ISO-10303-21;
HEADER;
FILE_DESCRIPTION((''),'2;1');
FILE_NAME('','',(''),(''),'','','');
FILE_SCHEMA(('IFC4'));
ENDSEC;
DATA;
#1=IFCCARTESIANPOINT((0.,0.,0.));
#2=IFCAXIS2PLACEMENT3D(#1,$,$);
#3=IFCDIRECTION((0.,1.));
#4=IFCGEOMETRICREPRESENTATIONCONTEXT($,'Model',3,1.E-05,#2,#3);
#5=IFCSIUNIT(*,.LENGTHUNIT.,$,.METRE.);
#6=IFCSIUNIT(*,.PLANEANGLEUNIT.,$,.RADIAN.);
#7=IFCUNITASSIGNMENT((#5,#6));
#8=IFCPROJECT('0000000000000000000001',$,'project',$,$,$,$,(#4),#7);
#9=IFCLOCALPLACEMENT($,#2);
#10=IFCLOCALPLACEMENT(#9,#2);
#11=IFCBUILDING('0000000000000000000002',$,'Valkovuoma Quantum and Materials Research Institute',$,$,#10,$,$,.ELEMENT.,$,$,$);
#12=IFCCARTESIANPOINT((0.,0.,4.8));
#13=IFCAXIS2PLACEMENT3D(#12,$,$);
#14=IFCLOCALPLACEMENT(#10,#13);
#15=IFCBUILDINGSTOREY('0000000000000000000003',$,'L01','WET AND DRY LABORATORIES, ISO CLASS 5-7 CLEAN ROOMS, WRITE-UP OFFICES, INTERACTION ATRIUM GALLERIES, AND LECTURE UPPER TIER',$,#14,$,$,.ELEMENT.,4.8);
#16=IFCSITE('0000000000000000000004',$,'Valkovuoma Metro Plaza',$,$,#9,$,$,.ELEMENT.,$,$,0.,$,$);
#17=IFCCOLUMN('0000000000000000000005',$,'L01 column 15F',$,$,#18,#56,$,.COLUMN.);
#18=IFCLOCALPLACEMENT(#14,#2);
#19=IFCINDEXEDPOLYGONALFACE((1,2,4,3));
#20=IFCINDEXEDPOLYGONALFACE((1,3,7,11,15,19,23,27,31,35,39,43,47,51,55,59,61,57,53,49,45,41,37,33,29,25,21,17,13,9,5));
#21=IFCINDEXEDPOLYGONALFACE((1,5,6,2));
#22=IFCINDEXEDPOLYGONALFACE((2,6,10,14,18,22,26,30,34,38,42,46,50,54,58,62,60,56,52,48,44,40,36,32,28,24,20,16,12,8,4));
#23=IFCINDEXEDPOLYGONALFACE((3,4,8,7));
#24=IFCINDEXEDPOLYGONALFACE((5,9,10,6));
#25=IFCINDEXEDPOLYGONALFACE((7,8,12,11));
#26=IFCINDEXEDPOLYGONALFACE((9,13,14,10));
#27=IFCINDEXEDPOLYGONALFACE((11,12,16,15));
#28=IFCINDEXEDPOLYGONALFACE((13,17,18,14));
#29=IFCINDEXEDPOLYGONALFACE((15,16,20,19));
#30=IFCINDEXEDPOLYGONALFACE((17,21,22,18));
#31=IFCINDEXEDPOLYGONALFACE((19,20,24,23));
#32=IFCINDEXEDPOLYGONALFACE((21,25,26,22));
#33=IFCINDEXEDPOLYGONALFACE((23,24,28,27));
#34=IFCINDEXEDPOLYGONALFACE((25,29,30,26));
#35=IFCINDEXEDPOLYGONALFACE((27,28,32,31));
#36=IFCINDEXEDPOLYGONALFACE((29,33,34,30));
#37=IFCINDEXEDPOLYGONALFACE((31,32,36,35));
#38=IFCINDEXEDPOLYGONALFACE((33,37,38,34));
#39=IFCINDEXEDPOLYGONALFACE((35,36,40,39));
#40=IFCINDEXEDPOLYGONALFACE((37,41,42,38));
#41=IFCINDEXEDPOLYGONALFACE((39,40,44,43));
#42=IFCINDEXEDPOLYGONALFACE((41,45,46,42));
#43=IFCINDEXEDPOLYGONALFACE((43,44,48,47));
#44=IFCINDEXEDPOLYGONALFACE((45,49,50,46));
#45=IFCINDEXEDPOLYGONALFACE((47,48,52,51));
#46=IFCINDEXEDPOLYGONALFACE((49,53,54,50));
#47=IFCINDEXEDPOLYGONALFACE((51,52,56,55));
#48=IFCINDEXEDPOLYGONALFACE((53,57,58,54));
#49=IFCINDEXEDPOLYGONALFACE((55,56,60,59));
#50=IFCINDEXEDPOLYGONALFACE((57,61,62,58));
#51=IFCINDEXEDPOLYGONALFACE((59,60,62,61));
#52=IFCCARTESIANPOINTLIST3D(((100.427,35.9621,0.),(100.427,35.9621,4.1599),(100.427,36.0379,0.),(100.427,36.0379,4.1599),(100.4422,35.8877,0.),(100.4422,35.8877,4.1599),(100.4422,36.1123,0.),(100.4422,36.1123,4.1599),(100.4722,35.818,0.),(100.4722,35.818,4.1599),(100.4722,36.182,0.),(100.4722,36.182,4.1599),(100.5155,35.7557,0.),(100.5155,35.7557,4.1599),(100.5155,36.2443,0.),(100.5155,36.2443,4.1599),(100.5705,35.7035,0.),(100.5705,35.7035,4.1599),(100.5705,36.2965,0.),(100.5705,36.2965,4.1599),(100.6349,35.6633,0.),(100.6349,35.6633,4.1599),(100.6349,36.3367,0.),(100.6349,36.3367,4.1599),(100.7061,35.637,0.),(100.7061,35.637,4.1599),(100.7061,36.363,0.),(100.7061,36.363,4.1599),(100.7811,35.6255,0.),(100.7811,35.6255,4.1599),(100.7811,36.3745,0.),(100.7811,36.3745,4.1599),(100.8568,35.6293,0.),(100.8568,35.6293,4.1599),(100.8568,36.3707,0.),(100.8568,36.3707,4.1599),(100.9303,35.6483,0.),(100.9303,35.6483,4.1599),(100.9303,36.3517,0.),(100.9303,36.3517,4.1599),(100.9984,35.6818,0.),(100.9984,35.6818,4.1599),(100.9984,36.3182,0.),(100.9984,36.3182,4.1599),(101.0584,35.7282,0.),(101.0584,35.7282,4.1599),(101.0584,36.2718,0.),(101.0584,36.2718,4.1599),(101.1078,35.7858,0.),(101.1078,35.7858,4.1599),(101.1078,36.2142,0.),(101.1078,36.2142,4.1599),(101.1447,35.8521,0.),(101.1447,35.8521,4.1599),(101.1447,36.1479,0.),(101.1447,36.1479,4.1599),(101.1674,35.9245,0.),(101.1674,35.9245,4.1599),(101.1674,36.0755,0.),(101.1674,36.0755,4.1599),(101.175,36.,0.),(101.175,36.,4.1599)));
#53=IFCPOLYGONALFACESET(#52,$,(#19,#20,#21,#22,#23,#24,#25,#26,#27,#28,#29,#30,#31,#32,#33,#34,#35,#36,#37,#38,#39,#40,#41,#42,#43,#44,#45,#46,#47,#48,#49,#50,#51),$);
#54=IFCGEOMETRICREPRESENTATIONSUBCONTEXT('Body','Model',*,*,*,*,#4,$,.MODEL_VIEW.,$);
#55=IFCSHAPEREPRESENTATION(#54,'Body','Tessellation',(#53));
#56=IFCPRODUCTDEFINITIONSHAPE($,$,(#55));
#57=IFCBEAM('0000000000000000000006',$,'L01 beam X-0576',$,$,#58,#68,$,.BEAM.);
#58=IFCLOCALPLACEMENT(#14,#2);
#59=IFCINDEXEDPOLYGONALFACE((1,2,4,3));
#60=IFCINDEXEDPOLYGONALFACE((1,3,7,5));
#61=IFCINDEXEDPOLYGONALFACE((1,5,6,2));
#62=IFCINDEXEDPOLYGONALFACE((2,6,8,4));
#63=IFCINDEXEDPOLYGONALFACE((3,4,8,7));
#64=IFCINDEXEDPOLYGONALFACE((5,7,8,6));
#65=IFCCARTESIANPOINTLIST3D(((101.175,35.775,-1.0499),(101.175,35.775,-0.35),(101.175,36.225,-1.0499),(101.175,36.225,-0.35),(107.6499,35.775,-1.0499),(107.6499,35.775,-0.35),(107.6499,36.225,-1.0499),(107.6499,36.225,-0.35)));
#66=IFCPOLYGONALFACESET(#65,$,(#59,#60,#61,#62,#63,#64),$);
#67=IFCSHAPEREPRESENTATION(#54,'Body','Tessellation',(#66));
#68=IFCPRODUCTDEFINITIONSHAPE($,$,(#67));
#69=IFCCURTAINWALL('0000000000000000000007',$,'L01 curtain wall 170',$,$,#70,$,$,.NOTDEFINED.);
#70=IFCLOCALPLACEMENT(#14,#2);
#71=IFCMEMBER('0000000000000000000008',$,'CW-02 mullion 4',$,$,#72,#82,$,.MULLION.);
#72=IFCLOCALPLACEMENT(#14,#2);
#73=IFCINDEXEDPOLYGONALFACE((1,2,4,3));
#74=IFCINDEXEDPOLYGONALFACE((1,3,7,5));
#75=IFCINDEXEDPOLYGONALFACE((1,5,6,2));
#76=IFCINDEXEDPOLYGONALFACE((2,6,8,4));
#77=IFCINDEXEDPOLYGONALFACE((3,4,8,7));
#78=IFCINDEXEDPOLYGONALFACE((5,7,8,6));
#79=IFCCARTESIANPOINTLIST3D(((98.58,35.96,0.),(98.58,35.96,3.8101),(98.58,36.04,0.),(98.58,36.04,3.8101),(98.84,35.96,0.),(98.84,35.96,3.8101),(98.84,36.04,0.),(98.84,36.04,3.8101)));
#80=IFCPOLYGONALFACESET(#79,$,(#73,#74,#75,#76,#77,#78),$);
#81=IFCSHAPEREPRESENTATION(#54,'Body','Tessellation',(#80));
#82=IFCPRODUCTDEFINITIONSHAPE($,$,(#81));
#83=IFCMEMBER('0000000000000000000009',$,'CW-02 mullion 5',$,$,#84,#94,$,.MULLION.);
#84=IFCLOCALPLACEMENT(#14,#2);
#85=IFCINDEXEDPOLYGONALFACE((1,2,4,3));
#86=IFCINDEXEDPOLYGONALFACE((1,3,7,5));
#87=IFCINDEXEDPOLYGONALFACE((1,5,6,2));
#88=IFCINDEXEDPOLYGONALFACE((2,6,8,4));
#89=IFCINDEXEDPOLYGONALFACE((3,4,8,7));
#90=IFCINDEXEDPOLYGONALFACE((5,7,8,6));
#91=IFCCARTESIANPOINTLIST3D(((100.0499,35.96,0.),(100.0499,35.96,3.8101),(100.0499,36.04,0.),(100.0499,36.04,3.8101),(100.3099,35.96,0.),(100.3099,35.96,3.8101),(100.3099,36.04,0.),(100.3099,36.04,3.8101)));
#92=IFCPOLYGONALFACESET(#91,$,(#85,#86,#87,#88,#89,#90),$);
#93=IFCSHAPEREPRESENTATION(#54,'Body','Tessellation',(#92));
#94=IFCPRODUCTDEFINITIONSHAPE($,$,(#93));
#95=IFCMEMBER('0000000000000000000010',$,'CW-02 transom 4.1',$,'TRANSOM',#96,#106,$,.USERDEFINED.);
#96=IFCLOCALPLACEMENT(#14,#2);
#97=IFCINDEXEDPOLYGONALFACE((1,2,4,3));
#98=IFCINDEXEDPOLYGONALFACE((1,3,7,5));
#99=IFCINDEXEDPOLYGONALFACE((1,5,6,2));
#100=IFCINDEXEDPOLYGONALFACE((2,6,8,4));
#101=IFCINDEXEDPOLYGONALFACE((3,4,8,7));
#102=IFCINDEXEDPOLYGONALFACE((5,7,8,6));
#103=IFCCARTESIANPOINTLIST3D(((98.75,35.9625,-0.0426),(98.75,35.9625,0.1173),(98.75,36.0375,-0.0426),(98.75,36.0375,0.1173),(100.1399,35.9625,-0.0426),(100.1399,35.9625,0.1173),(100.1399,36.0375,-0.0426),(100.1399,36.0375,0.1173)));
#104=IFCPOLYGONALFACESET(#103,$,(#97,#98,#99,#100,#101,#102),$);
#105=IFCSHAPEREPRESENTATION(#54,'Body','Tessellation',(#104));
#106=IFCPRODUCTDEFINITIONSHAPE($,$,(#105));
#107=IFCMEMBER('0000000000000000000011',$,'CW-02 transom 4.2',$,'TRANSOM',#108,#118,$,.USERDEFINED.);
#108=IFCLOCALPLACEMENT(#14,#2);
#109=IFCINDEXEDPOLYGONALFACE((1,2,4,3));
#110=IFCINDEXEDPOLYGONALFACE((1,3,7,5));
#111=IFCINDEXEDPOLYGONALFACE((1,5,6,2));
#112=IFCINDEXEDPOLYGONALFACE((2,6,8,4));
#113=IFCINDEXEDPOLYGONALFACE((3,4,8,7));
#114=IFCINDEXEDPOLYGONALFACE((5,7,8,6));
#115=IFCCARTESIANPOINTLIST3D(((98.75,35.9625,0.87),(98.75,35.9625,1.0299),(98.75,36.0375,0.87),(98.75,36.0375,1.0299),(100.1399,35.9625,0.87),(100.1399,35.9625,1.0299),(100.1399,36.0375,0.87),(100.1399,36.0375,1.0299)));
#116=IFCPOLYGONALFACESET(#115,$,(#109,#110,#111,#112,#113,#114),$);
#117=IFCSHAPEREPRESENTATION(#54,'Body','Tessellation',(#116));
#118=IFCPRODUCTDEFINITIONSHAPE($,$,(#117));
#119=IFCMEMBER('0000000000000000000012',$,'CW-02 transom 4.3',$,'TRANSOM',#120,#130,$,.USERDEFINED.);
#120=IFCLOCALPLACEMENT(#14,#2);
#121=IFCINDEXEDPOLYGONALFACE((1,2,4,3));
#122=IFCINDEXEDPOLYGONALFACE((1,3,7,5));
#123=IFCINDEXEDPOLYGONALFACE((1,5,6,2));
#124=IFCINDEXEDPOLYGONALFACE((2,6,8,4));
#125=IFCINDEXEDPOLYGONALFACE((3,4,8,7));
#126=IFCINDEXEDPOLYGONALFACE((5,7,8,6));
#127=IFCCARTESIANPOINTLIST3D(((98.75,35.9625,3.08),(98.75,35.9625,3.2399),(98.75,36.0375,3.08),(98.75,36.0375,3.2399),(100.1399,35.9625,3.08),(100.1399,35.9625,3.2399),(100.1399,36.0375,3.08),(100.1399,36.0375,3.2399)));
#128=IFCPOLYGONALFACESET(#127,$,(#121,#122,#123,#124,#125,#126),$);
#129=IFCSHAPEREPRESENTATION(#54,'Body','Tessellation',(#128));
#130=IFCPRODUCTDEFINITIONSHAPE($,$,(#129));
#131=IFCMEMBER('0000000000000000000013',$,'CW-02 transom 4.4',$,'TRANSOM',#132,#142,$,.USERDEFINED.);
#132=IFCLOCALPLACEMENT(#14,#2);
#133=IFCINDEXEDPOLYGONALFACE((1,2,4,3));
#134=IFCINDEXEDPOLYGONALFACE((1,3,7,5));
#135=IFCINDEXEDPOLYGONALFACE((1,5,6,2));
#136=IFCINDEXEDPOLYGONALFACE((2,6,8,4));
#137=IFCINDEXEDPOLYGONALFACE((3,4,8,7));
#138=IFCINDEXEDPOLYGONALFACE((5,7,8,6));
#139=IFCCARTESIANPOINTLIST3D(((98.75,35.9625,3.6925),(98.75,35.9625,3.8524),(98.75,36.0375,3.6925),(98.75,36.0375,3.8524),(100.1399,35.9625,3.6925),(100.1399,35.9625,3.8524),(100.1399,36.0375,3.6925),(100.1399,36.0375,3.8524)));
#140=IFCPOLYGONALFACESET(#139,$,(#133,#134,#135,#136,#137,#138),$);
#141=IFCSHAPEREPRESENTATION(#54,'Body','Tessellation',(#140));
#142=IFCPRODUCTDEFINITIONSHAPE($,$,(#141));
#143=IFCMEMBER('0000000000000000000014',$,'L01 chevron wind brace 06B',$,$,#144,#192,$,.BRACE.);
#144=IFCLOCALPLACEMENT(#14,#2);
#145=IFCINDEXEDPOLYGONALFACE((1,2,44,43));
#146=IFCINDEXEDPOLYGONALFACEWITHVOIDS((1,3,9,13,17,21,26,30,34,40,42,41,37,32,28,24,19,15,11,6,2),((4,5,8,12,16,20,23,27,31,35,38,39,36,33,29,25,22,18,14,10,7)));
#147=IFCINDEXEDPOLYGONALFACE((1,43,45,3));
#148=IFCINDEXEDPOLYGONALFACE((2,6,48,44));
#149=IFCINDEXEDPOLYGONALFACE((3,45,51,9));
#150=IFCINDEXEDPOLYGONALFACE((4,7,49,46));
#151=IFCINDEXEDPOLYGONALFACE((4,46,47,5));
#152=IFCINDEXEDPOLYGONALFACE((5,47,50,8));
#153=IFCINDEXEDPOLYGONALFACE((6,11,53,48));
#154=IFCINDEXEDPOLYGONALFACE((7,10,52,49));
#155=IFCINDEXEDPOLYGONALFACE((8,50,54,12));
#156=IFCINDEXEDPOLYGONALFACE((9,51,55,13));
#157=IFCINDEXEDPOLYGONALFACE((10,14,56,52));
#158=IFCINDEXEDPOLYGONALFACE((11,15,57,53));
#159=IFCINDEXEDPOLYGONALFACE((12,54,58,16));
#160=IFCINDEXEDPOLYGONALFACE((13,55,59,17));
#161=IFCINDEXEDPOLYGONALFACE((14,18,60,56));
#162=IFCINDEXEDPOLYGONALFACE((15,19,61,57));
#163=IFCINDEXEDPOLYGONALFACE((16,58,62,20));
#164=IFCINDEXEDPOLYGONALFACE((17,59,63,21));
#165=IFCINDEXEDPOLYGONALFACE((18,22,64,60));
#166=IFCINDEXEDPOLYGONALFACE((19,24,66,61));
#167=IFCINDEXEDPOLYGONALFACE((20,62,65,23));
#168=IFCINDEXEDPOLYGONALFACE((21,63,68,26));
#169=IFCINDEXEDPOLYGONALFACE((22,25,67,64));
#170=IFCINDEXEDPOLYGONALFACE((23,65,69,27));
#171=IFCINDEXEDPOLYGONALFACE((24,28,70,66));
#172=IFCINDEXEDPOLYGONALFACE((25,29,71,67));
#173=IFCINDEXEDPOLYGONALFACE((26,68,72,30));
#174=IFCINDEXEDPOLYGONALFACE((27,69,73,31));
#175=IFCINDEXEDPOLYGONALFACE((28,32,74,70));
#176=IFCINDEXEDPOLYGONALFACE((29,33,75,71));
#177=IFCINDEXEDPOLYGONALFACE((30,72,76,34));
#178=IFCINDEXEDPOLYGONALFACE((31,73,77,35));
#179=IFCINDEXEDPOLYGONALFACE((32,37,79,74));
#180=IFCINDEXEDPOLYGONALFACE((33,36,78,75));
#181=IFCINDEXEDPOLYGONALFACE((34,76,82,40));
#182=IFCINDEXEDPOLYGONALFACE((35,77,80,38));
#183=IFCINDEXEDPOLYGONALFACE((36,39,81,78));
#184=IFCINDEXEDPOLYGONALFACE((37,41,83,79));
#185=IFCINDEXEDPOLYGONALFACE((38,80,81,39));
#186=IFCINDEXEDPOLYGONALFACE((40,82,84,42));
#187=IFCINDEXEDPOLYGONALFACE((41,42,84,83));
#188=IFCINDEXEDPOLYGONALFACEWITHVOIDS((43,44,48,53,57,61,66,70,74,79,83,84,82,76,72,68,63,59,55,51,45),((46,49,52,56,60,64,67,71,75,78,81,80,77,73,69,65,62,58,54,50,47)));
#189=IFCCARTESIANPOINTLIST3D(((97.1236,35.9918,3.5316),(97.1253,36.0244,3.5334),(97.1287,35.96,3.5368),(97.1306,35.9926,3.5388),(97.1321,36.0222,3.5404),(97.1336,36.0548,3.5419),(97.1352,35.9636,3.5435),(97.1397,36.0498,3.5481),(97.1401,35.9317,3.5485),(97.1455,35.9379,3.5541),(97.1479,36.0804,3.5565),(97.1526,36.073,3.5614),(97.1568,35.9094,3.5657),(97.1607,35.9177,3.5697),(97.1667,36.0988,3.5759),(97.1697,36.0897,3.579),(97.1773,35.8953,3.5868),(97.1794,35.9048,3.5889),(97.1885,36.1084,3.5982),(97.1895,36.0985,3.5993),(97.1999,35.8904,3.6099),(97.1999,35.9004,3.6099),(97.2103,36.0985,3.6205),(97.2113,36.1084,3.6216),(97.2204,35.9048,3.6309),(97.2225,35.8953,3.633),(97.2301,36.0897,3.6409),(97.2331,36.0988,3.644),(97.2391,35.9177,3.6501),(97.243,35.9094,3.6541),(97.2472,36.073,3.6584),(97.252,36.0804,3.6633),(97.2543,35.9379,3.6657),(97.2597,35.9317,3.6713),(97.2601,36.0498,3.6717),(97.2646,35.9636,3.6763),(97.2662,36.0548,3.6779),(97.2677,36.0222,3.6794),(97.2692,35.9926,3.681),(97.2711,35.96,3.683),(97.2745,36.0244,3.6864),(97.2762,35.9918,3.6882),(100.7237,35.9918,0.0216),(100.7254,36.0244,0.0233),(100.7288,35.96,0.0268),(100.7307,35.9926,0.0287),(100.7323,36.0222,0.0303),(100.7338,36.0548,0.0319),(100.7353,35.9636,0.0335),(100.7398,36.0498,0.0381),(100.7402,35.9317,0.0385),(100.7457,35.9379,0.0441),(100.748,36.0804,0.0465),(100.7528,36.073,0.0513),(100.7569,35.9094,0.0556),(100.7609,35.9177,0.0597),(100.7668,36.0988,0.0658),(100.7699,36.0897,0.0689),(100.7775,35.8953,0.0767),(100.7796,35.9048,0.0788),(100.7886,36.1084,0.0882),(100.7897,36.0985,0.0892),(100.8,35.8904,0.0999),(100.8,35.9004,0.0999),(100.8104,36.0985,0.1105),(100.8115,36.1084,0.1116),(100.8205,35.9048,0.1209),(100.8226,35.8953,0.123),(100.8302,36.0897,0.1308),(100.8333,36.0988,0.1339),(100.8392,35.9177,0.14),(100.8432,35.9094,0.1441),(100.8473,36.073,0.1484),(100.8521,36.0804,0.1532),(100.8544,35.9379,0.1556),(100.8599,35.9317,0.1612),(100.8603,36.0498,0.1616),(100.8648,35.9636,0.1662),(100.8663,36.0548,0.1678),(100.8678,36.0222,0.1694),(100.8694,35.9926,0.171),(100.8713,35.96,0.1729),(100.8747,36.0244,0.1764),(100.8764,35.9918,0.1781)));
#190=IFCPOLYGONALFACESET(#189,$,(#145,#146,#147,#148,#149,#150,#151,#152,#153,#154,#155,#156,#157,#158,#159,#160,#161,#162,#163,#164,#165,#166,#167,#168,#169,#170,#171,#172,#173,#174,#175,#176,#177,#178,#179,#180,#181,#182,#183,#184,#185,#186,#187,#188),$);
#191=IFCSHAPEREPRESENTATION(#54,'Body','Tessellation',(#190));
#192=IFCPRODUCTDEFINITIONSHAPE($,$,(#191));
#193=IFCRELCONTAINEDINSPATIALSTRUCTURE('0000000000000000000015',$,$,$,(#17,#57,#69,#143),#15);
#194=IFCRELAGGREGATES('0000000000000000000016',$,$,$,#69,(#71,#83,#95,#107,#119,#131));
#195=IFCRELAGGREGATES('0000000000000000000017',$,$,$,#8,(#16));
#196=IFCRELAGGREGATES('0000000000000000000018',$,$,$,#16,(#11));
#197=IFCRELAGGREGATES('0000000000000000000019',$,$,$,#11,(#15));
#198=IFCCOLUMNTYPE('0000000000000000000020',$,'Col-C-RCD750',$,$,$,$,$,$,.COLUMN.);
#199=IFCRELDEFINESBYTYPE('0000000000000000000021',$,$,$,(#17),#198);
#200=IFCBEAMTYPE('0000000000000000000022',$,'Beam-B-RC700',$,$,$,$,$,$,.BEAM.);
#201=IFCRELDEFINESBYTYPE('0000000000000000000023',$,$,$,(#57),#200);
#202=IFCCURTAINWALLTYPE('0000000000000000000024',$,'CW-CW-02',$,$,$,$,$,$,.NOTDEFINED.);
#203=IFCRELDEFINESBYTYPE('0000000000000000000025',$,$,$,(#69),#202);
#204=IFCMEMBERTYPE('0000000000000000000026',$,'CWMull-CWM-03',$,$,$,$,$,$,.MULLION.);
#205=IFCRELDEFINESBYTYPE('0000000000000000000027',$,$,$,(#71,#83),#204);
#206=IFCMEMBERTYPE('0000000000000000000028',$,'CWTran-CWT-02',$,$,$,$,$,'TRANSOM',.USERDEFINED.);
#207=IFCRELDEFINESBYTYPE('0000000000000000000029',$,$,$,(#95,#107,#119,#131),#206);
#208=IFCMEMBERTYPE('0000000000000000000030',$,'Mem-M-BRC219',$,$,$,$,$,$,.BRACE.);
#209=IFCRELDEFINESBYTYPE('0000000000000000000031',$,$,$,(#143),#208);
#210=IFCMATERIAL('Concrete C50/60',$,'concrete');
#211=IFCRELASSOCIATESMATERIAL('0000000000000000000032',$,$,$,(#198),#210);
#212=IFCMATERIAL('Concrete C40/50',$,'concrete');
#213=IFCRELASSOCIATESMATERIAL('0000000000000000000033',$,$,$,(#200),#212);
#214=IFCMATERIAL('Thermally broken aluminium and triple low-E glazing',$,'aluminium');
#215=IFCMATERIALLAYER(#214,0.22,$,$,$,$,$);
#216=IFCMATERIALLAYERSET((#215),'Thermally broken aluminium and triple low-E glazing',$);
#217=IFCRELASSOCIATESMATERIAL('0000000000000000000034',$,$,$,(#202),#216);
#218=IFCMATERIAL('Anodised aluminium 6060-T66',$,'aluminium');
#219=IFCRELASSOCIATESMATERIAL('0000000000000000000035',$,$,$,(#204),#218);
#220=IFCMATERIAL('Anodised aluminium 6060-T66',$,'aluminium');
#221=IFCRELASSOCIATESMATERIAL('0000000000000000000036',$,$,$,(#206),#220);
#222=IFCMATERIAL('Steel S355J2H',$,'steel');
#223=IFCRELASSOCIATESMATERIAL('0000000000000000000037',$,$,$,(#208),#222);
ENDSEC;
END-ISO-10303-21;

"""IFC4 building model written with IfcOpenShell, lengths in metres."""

from ifc_helpers import new_model, si_unit, direction, frame, origin, origin_2d, place, context, subcontext, project, spatial, rectangle, circle, hollow_circle, extrude, material, layer, layer_set, material_profile, profile_set, type_object, element, aggregate, save


model = new_model("IFC4")

# Units and contexts
model_context = context("Model", 3, precision=1e-05, world=origin(), true_north=direction((0.0, 1.0)))
body_context = subcontext(model_context, "Body", "Model", "MODEL_VIEW")
ifc_project = project(units=[si_unit("LENGTHUNIT", "METRE"), si_unit("PLANEANGLEUNIT", "RADIAN")], contexts=[model_context])

# Site, building, storey
site_placement = place(None, origin())
site = spatial("IfcSite", under=ifc_project, at=site_placement, Name="Valkovuoma Metro Plaza", CompositionType="ELEMENT", RefElevation=0.0)
building_placement = place(site_placement, origin())
building = spatial("IfcBuilding", under=site, at=building_placement, Name="Valkovuoma Quantum and Materials Research Institute", CompositionType="ELEMENT")
storey_placement = place(building_placement, frame((0.0, 0.0, 4.8)))
storey = spatial("IfcBuildingStorey", under=building, at=storey_placement, Name="L01", Description="WET AND DRY LABORATORIES, ISO CLASS 5-7 CLEAN ROOMS, WRITE-UP OFFICES, INTERACTION ATRIUM GALLERIES, AND LECTURE UPPER TIER", CompositionType="ELEMENT", Elevation=4.8)

# Column
ifc_material_1 = material(Name="Concrete C50/60", Category="concrete")
ifc_material_profile_1 = material_profile(ifc_material_1, circle(Radius=0.375, at=origin_2d()), Name="Concrete C50/60")
ifc_profile_set_1 = profile_set([ifc_material_profile_1], Name="Concrete C50/60")
column_type = type_object("IfcColumnType", Name="Col-C-RCD750", PredefinedType="COLUMN", material=ifc_profile_set_1)
column_placement = place(storey_placement, frame((100.8, 36.0, 0.0), z_axis=(0.0, 0.0, 1.0), x_axis=(1.0, 0.0, 0.0)))
element("IfcColumn", 1, at=column_placement, inside=storey, type_object=column_type, Name="L01 column 15F", PredefinedType="COLUMN", context=body_context, shape_type="SweptSolid", body=[
    extrude(circle(Radius=0.375, at=origin_2d()), origin(), (0.0, 0.0, 1.0), 4.1599),
])

# Beam
ifc_material_2 = material(Name="Concrete C40/50", Category="concrete")
ifc_material_profile_2 = material_profile(ifc_material_2, rectangle(XDim=0.45, YDim=0.7, at=origin_2d()), Name="Concrete C40/50")
ifc_profile_set_2 = profile_set([ifc_material_profile_2], Name="Concrete C40/50")
beam_type = type_object("IfcBeamType", Name="Beam-B-RC700", PredefinedType="BEAM", material=ifc_profile_set_2)
beam_placement = place(storey_placement, frame((101.175, 36.0, -0.7), z_axis=(1.0, 0.0, 0.0), x_axis=(0.0, 1.0, 0.0)))
element("IfcBeam", 2, at=beam_placement, inside=storey, type_object=beam_type, Name="L01 beam X-0576", PredefinedType="BEAM", context=body_context, shape_type="SweptSolid", body=[
    extrude(rectangle(XDim=0.45, YDim=0.7, at=origin_2d()), origin(), (0.0, 0.0, 1.0), 6.4749),
])

# Curtain wall, members
ifc_material_3 = material(Name="Thermally broken aluminium and triple low-E glazing", Category="aluminium")
ifc_layer_1 = layer(ifc_material_3, 0.22)
ifc_layer_set_1 = layer_set([ifc_layer_1], Name="Thermally broken aluminium and triple low-E glazing")
curtain_wall_type = type_object("IfcCurtainWallType", Name="CW-CW-02", PredefinedType="NOTDEFINED", material=ifc_layer_set_1)
curtain_wall_placement = place(storey_placement, origin())
curtain_wall = element("IfcCurtainWall", 3, at=curtain_wall_placement, inside=storey, type_object=curtain_wall_type, Name="L01 curtain wall 170", PredefinedType="NOTDEFINED")
ifc_material_4 = material(Name="Anodised aluminium 6060-T66", Category="aluminium")
ifc_material_profile_3 = material_profile(ifc_material_4, rectangle(XDim=0.0801, YDim=0.26, at=origin_2d()), Name="Anodised aluminium 6060-T66")
ifc_profile_set_3 = profile_set([ifc_material_profile_3], Name="Anodised aluminium 6060-T66")
member_type_1 = type_object("IfcMemberType", Name="CWMull-CWM-03", PredefinedType="MULLION", material=ifc_profile_set_3)
member_1_placement = place(storey_placement, frame((98.71, 36.0, 0.0), z_axis=(0.0, 0.0, 1.0), x_axis=(0.0, 1.0, 0.0)))
member_1 = element("IfcMember", 4, at=member_1_placement, type_object=member_type_1, Name="CW-02 mullion 4", PredefinedType="MULLION", context=body_context, shape_type="SweptSolid", body=[
    extrude(rectangle(XDim=0.0801, YDim=0.26, at=origin_2d()), origin(), (0.0, 0.0, 1.0), 3.8101),
])
member_2_placement = place(storey_placement, frame((100.1799, 36.0, 0.0), z_axis=(0.0, 0.0, 1.0), x_axis=(0.0, 1.0, 0.0)))
member_2 = element("IfcMember", 5, at=member_2_placement, type_object=member_type_1, Name="CW-02 mullion 5", PredefinedType="MULLION", context=body_context, shape_type="SweptSolid", body=[
    extrude(rectangle(XDim=0.0801, YDim=0.26, at=origin_2d()), origin(), (0.0, 0.0, 1.0), 3.8101),
])
ifc_material_5 = material(Name="Anodised aluminium 6060-T66", Category="aluminium")
ifc_material_profile_4 = material_profile(ifc_material_5, rectangle(XDim=0.075, YDim=0.1599, at=origin_2d()), Name="Anodised aluminium 6060-T66")
ifc_profile_set_4 = profile_set([ifc_material_profile_4], Name="Anodised aluminium 6060-T66")
member_type_2 = type_object("IfcMemberType", Name="CWTran-CWT-02", ElementType="TRANSOM", PredefinedType="USERDEFINED", material=ifc_profile_set_4)
member_3_placement = place(storey_placement, frame((98.75, 36.0, 0.0374), z_axis=(1.0, 0.0, 0.0), x_axis=(0.0, 1.0, 0.0)))
member_3 = element("IfcMember", 6, at=member_3_placement, type_object=member_type_2, Name="CW-02 transom 4.1", ObjectType="TRANSOM", PredefinedType="USERDEFINED", context=body_context, shape_type="SweptSolid", body=[
    extrude(rectangle(XDim=0.075, YDim=0.1599, at=origin_2d()), origin(), (0.0, 0.0, 1.0), 1.3899),
])
member_4_placement = place(storey_placement, frame((98.75, 36.0, 0.95), z_axis=(1.0, 0.0, 0.0), x_axis=(0.0, 1.0, 0.0)))
member_4 = element("IfcMember", 7, at=member_4_placement, type_object=member_type_2, Name="CW-02 transom 4.2", ObjectType="TRANSOM", PredefinedType="USERDEFINED", context=body_context, shape_type="SweptSolid", body=[
    extrude(rectangle(XDim=0.075, YDim=0.1599, at=origin_2d()), origin(), (0.0, 0.0, 1.0), 1.3899),
])
member_5_placement = place(storey_placement, frame((98.75, 36.0, 3.1599), z_axis=(1.0, 0.0, 0.0), x_axis=(0.0, 1.0, 0.0)))
member_5 = element("IfcMember", 8, at=member_5_placement, type_object=member_type_2, Name="CW-02 transom 4.3", ObjectType="TRANSOM", PredefinedType="USERDEFINED", context=body_context, shape_type="SweptSolid", body=[
    extrude(rectangle(XDim=0.075, YDim=0.1599, at=origin_2d()), origin(), (0.0, 0.0, 1.0), 1.3899),
])
member_6_placement = place(storey_placement, frame((98.75, 36.0, 3.7725), z_axis=(1.0, 0.0, 0.0), x_axis=(0.0, 1.0, 0.0)))
member_6 = element("IfcMember", 9, at=member_6_placement, type_object=member_type_2, Name="CW-02 transom 4.4", ObjectType="TRANSOM", PredefinedType="USERDEFINED", context=body_context, shape_type="SweptSolid", body=[
    extrude(rectangle(XDim=0.075, YDim=0.1599, at=origin_2d()), origin(), (0.0, 0.0, 1.0), 1.3899),
])

# Member
ifc_material_6 = material(Name="Steel S355J2H", Category="steel")
ifc_material_profile_5 = material_profile(ifc_material_6, hollow_circle(Radius=0.1096, WallThickness=0.01, at=origin_2d()), Name="Steel S355J2H")
ifc_profile_set_5 = profile_set([ifc_material_profile_5], Name="Steel S355J2H")
member_type_3 = type_object("IfcMemberType", Name="Mem-M-BRC219", PredefinedType="BRACE", material=ifc_profile_set_5)
member_7_placement = place(storey_placement, frame((100.8, 36.0, 0.0999), z_axis=(-0.716009, 0.0, 0.698091), x_axis=(0.0, -1.0, 0.0)))
element("IfcMember", 10, at=member_7_placement, inside=storey, type_object=member_type_3, Name="L01 chevron wind brace 06B", PredefinedType="BRACE", context=body_context, shape_type="SweptSolid", body=[
    extrude(hollow_circle(Radius=0.1096, WallThickness=0.01, at=origin_2d()), origin(), (0.0, 0.0, 1.0), 5.0281),
])

aggregate(curtain_wall, [member_1, member_2, member_3, member_4, member_5, member_6])

save(model, "model.ifc")
